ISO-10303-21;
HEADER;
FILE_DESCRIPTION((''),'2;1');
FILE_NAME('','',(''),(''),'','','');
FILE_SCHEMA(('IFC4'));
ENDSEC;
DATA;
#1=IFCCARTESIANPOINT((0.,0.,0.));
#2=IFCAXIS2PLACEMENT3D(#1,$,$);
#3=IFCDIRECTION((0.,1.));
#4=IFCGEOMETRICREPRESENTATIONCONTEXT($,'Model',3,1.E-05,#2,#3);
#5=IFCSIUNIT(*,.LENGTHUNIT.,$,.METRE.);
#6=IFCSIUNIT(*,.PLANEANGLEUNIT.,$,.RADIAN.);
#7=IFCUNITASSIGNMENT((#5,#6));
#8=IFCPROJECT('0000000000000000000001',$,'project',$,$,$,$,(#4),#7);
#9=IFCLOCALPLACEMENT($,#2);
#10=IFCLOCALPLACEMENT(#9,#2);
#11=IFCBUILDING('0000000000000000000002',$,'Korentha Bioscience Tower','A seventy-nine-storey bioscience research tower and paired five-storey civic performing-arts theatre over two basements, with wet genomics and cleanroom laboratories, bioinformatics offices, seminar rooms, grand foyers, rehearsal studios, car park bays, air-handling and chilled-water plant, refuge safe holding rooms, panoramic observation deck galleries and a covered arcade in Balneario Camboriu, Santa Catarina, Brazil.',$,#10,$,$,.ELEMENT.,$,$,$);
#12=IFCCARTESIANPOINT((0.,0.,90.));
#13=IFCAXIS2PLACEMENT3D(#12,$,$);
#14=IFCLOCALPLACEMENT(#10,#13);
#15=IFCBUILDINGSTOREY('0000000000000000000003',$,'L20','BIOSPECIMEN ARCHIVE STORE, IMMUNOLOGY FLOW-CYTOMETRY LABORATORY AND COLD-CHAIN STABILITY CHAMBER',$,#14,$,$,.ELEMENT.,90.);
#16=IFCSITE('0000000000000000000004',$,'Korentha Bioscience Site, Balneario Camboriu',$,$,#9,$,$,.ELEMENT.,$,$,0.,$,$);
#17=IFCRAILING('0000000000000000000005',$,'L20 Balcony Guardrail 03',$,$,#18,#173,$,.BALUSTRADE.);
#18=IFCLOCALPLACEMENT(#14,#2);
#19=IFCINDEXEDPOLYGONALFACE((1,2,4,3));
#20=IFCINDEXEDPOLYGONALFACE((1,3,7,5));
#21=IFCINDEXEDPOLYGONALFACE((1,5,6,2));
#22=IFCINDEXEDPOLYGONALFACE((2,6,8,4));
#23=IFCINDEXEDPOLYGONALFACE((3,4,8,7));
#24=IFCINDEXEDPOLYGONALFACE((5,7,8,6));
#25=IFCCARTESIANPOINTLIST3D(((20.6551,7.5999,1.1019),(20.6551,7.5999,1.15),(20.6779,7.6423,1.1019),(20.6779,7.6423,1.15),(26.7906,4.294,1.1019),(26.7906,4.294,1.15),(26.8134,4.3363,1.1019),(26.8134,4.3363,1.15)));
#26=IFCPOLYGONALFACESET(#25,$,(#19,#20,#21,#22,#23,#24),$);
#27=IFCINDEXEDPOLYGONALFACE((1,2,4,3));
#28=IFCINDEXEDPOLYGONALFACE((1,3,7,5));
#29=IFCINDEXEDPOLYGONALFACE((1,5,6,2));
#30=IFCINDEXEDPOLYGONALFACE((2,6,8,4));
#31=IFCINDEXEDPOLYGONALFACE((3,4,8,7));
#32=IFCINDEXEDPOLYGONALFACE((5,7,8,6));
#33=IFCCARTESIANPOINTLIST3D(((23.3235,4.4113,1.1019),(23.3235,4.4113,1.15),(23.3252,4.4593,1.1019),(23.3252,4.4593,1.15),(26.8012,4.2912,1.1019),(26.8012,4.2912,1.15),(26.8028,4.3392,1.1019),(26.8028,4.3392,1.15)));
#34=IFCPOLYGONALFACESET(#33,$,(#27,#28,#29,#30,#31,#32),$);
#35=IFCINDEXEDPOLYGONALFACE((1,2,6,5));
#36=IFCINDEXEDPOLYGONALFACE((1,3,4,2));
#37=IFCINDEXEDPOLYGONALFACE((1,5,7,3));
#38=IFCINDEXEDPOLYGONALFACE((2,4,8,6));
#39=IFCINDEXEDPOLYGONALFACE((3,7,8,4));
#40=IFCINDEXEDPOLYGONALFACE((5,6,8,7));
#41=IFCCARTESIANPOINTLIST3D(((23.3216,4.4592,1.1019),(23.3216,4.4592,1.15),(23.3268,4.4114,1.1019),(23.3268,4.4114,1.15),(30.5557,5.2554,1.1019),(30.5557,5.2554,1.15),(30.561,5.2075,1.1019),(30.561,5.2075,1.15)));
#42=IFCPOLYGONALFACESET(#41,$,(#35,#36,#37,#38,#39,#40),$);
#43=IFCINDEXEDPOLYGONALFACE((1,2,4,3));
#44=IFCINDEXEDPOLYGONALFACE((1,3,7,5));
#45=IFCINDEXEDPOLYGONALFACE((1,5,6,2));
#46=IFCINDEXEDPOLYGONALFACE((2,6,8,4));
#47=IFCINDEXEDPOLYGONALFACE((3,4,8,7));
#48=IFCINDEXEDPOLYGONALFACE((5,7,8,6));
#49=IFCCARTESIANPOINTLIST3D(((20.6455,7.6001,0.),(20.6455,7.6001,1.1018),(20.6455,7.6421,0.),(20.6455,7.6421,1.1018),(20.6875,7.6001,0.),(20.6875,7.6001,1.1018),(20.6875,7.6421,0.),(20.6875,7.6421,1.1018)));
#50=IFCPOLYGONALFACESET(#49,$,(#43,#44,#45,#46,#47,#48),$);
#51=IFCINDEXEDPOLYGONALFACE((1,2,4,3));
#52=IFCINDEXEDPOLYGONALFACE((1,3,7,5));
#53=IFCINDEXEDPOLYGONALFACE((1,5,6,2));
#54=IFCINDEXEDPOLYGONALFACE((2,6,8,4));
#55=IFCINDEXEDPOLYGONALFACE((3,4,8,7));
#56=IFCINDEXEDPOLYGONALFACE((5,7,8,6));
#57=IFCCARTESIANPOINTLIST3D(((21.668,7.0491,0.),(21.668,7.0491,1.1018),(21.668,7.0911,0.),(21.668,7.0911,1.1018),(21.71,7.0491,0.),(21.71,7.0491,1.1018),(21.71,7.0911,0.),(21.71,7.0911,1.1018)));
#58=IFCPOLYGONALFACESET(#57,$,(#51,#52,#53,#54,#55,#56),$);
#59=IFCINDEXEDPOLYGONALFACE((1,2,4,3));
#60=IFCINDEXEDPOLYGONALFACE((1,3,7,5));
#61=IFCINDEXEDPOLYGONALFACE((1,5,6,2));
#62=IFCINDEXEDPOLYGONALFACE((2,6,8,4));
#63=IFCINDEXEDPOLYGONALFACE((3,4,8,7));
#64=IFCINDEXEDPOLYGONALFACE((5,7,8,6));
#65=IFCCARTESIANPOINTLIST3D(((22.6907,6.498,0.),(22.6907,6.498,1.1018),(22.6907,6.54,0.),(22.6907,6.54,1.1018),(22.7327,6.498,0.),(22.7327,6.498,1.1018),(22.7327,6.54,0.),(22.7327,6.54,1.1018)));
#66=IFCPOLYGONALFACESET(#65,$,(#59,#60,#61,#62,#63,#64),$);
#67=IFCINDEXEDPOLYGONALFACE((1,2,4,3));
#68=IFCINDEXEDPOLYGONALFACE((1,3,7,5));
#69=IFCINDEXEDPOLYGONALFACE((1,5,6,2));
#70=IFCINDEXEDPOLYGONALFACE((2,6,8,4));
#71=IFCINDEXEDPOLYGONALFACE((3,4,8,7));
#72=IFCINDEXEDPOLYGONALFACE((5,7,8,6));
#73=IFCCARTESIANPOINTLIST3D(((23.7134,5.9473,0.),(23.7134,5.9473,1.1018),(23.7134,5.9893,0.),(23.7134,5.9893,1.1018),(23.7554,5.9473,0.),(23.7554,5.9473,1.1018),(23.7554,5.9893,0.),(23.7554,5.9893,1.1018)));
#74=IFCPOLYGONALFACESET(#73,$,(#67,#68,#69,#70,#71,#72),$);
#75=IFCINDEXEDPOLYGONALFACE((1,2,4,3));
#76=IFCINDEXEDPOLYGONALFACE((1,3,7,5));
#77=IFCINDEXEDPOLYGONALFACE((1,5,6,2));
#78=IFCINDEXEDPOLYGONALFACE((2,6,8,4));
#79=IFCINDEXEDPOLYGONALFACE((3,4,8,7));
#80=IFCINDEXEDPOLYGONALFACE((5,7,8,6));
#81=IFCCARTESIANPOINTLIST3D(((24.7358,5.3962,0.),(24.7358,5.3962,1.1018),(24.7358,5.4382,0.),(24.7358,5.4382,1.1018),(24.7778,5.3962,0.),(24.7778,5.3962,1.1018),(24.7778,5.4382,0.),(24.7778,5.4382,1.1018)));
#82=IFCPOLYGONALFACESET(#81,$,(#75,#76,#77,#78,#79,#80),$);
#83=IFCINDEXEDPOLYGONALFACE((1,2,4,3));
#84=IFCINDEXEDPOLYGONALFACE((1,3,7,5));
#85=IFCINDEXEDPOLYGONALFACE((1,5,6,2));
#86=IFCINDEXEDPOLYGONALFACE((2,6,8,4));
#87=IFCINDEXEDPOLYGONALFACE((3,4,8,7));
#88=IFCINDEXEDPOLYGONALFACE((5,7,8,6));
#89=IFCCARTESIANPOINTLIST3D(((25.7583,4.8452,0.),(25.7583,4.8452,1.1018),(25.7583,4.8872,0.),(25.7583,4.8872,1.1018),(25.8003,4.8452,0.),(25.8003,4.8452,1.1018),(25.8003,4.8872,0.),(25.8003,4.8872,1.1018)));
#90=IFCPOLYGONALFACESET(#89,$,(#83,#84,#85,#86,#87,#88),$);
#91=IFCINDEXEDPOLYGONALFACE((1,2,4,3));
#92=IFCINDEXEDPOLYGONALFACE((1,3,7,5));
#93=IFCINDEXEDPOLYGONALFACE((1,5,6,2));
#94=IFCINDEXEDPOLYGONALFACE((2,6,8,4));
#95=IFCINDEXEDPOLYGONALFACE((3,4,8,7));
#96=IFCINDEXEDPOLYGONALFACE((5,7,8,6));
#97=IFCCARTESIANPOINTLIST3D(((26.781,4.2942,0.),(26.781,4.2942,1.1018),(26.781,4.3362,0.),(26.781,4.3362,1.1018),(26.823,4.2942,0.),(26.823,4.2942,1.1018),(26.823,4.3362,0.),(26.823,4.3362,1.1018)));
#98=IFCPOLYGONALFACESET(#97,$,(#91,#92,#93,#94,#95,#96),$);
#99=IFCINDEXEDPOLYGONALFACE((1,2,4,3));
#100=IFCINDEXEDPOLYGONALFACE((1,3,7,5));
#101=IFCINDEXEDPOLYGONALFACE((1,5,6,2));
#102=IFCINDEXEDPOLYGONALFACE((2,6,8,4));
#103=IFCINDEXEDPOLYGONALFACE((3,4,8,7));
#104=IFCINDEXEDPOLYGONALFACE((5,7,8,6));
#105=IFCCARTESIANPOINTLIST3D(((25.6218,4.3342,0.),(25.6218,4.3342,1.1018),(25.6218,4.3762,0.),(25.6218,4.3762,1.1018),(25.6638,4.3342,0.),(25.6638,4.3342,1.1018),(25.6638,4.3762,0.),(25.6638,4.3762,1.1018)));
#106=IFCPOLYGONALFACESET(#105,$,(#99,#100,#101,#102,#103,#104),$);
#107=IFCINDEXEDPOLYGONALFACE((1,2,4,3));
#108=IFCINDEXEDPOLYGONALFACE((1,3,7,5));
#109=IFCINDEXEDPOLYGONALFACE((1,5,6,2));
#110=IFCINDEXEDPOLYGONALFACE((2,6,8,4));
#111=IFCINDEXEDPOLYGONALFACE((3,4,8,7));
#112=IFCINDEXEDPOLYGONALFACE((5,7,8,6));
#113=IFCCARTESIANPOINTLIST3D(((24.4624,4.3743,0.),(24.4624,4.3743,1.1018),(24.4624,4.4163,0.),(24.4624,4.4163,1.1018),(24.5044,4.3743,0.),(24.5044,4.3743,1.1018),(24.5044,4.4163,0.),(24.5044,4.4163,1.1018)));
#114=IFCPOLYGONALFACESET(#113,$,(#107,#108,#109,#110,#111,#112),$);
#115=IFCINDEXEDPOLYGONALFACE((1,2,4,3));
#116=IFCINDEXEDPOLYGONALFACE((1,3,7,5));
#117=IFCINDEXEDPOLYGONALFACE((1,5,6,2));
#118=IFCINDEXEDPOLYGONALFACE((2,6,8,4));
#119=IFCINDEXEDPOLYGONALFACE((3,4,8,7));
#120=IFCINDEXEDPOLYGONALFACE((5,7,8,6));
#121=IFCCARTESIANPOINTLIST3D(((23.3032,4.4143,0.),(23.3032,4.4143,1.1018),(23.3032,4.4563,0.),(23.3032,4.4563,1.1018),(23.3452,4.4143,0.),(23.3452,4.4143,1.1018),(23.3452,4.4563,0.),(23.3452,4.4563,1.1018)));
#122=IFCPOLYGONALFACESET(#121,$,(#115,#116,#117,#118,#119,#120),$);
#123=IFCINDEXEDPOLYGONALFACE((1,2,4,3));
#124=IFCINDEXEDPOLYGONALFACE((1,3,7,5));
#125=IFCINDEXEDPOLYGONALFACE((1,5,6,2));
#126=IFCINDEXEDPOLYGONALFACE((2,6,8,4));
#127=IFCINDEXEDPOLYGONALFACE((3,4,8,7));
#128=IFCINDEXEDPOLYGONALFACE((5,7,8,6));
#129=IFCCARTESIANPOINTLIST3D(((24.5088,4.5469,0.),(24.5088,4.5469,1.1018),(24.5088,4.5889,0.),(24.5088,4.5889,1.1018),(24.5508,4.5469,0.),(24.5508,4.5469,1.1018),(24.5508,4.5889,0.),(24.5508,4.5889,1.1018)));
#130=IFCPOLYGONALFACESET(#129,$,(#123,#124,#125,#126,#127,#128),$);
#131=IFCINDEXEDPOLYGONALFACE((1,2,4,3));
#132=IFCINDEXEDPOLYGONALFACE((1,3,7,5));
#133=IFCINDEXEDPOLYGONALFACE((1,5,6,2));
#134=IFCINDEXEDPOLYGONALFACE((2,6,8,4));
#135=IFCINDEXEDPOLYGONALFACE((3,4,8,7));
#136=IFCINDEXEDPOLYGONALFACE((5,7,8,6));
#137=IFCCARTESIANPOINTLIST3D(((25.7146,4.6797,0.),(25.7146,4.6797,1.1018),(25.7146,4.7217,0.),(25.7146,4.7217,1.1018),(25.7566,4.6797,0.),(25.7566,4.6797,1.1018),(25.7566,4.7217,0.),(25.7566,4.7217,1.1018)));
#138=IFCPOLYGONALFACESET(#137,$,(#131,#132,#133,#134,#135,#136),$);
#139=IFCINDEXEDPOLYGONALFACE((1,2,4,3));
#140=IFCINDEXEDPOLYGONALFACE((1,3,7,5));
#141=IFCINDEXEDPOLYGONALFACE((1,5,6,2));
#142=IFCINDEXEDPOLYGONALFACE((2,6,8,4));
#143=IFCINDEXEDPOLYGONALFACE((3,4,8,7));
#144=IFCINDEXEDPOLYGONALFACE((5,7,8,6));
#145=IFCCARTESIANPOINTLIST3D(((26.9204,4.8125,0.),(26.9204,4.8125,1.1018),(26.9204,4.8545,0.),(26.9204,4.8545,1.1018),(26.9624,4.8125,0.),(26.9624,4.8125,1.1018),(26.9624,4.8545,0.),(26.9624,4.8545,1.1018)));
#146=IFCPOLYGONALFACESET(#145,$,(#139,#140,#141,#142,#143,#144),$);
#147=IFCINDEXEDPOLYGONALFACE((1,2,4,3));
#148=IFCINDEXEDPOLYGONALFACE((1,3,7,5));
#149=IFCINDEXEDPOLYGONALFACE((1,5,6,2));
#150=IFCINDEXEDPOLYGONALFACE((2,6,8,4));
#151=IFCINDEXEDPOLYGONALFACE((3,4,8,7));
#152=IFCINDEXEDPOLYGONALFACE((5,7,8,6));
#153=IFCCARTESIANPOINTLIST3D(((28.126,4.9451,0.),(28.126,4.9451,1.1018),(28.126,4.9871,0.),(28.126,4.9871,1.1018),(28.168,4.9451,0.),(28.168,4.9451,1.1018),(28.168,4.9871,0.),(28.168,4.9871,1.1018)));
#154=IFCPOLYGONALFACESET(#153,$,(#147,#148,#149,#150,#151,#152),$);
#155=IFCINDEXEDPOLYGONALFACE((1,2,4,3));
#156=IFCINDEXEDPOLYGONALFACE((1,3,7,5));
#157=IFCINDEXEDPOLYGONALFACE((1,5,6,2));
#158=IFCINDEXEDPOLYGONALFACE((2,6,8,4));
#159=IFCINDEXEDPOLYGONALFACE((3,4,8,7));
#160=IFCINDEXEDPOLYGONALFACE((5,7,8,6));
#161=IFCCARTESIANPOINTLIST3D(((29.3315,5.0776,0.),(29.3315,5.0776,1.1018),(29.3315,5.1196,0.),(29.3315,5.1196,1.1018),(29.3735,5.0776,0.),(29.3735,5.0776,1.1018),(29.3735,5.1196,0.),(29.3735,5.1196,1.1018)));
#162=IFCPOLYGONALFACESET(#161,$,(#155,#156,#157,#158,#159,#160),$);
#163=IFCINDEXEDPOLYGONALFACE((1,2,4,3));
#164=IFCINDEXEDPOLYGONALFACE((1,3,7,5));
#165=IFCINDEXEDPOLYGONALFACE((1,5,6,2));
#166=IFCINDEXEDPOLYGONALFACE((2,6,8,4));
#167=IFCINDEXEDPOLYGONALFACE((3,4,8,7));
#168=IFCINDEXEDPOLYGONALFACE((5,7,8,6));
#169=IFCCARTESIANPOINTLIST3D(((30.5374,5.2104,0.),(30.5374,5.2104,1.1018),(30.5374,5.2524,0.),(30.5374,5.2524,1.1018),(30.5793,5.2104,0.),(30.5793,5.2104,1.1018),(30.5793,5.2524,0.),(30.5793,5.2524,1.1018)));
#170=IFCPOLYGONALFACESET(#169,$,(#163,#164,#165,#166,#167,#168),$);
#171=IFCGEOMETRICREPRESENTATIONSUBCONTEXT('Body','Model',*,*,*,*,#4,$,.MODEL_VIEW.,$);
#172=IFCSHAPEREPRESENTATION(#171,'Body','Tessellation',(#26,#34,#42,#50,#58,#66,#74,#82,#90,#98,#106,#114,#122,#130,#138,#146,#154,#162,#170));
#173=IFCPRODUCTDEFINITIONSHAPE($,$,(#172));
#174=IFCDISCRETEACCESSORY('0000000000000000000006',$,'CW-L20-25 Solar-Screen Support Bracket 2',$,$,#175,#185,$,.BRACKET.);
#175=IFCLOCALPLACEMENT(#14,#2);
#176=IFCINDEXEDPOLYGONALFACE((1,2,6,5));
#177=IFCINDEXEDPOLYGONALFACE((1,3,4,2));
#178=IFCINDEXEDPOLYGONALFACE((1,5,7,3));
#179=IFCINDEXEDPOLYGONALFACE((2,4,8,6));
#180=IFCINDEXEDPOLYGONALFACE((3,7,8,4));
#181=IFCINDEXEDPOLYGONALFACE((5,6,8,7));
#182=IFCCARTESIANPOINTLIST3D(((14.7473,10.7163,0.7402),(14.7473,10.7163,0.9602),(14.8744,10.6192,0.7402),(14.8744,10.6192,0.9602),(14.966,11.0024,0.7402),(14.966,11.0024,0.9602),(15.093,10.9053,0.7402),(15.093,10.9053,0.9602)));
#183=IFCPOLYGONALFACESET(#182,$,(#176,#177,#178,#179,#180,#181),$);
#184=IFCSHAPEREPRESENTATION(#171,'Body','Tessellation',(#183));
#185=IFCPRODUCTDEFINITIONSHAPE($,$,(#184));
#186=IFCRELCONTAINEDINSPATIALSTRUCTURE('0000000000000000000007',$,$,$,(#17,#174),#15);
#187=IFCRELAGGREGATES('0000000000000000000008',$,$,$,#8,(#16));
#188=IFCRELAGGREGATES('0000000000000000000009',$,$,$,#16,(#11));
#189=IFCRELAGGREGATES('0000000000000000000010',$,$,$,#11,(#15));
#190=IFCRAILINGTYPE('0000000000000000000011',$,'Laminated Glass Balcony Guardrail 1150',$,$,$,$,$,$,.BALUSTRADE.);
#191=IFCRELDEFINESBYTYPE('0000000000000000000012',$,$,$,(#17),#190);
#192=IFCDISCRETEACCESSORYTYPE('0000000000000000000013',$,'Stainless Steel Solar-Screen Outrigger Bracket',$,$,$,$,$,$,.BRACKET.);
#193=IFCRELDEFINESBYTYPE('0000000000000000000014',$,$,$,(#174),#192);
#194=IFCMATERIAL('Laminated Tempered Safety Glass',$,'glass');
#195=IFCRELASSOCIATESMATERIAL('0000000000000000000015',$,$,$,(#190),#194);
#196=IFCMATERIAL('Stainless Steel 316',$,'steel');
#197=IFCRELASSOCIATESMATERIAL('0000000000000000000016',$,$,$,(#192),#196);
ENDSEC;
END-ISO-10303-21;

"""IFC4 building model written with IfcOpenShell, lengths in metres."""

from ifc_helpers import new_model, si_unit, direction, frame, origin, origin_2d, place, context, subcontext, project, spatial, rectangle, extrude, material, type_object, element, save


model = new_model("IFC4")

# Units and contexts
model_context = context("Model", 3, precision=1e-05, world=origin(), true_north=direction((0.0, 1.0)))
body_context = subcontext(model_context, "Body", "Model", "MODEL_VIEW")
ifc_project = project(units=[si_unit("LENGTHUNIT", "METRE"), si_unit("PLANEANGLEUNIT", "RADIAN")], contexts=[model_context])

# Site, building, storey
site_placement = place(None, origin())
site = spatial("IfcSite", under=ifc_project, at=site_placement, Name="Korentha Bioscience Site, Balneario Camboriu", CompositionType="ELEMENT", RefElevation=0.0)
building_placement = place(site_placement, origin())
building = spatial("IfcBuilding", under=site, at=building_placement, Name="Korentha Bioscience Tower", Description="A seventy-nine-storey bioscience research tower and paired five-storey civic performing-arts theatre over two basements, with wet genomics and cleanroom laboratories, bioinformatics offices, seminar rooms, grand foyers, rehearsal studios, car park bays, air-handling and chilled-water plant, refuge safe holding rooms, panoramic observation deck galleries and a covered arcade in Balneario Camboriu, Santa Catarina, Brazil.", CompositionType="ELEMENT")
storey_placement = place(building_placement, frame((0.0, 0.0, 90.0)))
storey = spatial("IfcBuildingStorey", under=building, at=storey_placement, Name="L20", Description="BIOSPECIMEN ARCHIVE STORE, IMMUNOLOGY FLOW-CYTOMETRY LABORATORY AND COLD-CHAIN STABILITY CHAMBER", CompositionType="ELEMENT", Elevation=90.0)

# Railing
ifc_material_1 = material(Name="Laminated Tempered Safety Glass", Category="glass")
railing_type = type_object("IfcRailingType", Name="Laminated Glass Balcony Guardrail 1150", PredefinedType="BALUSTRADE", material=ifc_material_1)
railing_placement = place(storey_placement, frame((20.6665, 7.6211, 0.0)))
element("IfcRailing", 1, at=railing_placement, inside=storey, type_object=railing_type, Name="L20 Balcony Guardrail 03", PredefinedType="BALUSTRADE", context=body_context, shape_type="SweptSolid", body=[
    extrude(rectangle(XDim=0.0481, YDim=0.0481, at=origin_2d()), frame((0.0, 0.0, 1.126), z_axis=(0.880341, -0.474342, 0.0), x_axis=(0.474342, 0.880341, 0.0)), (0.0, 0.0, 1.0), 6.9695),
    extrude(rectangle(XDim=0.0481, YDim=0.0481, at=origin_2d()), frame((6.1355, -3.3059, 1.126), z_axis=(-0.999404, 0.034518, 0.0), x_axis=(-0.034518, -0.999404, 0.0)), (0.0, 0.0, 1.0), 3.4797),
    extrude(rectangle(XDim=0.0481, YDim=0.0481, at=origin_2d()), frame((2.6577, -3.1858, 1.126), z_axis=(0.993999, 0.109393, 0.0), x_axis=(-0.109393, 0.993999, 0.0)), (0.0, 0.0, 1.0), 7.2778),
    extrude(rectangle(XDim=0.042, YDim=0.042, at=origin_2d()), origin(), (0.0, 0.0, 1.0), 1.1018),
    extrude(rectangle(XDim=0.042, YDim=0.042, at=origin_2d()), frame((1.0225, -0.551, 0.0)), (0.0, 0.0, 1.0), 1.1018),
    extrude(rectangle(XDim=0.042, YDim=0.042, at=origin_2d()), frame((2.0452, -1.1021, 0.0)), (0.0, 0.0, 1.0), 1.1018),
    extrude(rectangle(XDim=0.042, YDim=0.042, at=origin_2d()), frame((3.0679, -1.6528, 0.0)), (0.0, 0.0, 1.0), 1.1018),
    extrude(rectangle(XDim=0.042, YDim=0.042, at=origin_2d()), frame((4.0903, -2.2039, 0.0)), (0.0, 0.0, 1.0), 1.1018),
    extrude(rectangle(XDim=0.042, YDim=0.042, at=origin_2d()), frame((5.1128, -2.7549, 0.0)), (0.0, 0.0, 1.0), 1.1018),
    extrude(rectangle(XDim=0.042, YDim=0.042, at=origin_2d()), frame((6.1355, -3.3059, 0.0)), (0.0, 0.0, 1.0), 1.1018),
    extrude(rectangle(XDim=0.042, YDim=0.042, at=origin_2d()), frame((4.9763, -3.2659, 0.0)), (0.0, 0.0, 1.0), 1.1018),
    extrude(rectangle(XDim=0.042, YDim=0.042, at=origin_2d()), frame((3.8169, -3.2258, 0.0)), (0.0, 0.0, 1.0), 1.1018),
    extrude(rectangle(XDim=0.042, YDim=0.042, at=origin_2d()), frame((2.6577, -3.1858, 0.0)), (0.0, 0.0, 1.0), 1.1018),
    extrude(rectangle(XDim=0.042, YDim=0.042, at=origin_2d()), frame((3.8633, -3.0532, 0.0)), (0.0, 0.0, 1.0), 1.1018),
    extrude(rectangle(XDim=0.042, YDim=0.042, at=origin_2d()), frame((5.0691, -2.9204, 0.0)), (0.0, 0.0, 1.0), 1.1018),
    extrude(rectangle(XDim=0.042, YDim=0.042, at=origin_2d()), frame((6.2749, -2.7876, 0.0)), (0.0, 0.0, 1.0), 1.1018),
    extrude(rectangle(XDim=0.042, YDim=0.042, at=origin_2d()), frame((7.4805, -2.655, 0.0)), (0.0, 0.0, 1.0), 1.1018),
    extrude(rectangle(XDim=0.042, YDim=0.042, at=origin_2d()), frame((8.686, -2.5225, 0.0)), (0.0, 0.0, 1.0), 1.1018),
    extrude(rectangle(XDim=0.042, YDim=0.042, at=origin_2d()), frame((9.8918, -2.3896, 0.0)), (0.0, 0.0, 1.0), 1.1018),
])

# Discrete accessory
ifc_material_2 = material(Name="Stainless Steel 316", Category="steel")
discrete_accessory_type = type_object("IfcDiscreteAccessoryType", Name="Stainless Steel Solar-Screen Outrigger Bracket", PredefinedType="BRACKET", material=ifc_material_2)
discrete_accessory_placement = place(storey_placement, frame((14.9202, 10.8108, 0.7402), z_axis=(0.0, 0.0, 1.0), x_axis=(0.7945, -0.607265, 0.0)))
element("IfcDiscreteAccessory", 2, at=discrete_accessory_placement, inside=storey, type_object=discrete_accessory_type, Name="CW-L20-25 Solar-Screen Support Bracket 2", PredefinedType="BRACKET", context=body_context, shape_type="SweptSolid", body=[
    extrude(rectangle(XDim=0.1599, YDim=0.3601, at=origin_2d()), origin(), (0.0, 0.0, 1.0), 0.22),
])

save(model, "model.ifc")
